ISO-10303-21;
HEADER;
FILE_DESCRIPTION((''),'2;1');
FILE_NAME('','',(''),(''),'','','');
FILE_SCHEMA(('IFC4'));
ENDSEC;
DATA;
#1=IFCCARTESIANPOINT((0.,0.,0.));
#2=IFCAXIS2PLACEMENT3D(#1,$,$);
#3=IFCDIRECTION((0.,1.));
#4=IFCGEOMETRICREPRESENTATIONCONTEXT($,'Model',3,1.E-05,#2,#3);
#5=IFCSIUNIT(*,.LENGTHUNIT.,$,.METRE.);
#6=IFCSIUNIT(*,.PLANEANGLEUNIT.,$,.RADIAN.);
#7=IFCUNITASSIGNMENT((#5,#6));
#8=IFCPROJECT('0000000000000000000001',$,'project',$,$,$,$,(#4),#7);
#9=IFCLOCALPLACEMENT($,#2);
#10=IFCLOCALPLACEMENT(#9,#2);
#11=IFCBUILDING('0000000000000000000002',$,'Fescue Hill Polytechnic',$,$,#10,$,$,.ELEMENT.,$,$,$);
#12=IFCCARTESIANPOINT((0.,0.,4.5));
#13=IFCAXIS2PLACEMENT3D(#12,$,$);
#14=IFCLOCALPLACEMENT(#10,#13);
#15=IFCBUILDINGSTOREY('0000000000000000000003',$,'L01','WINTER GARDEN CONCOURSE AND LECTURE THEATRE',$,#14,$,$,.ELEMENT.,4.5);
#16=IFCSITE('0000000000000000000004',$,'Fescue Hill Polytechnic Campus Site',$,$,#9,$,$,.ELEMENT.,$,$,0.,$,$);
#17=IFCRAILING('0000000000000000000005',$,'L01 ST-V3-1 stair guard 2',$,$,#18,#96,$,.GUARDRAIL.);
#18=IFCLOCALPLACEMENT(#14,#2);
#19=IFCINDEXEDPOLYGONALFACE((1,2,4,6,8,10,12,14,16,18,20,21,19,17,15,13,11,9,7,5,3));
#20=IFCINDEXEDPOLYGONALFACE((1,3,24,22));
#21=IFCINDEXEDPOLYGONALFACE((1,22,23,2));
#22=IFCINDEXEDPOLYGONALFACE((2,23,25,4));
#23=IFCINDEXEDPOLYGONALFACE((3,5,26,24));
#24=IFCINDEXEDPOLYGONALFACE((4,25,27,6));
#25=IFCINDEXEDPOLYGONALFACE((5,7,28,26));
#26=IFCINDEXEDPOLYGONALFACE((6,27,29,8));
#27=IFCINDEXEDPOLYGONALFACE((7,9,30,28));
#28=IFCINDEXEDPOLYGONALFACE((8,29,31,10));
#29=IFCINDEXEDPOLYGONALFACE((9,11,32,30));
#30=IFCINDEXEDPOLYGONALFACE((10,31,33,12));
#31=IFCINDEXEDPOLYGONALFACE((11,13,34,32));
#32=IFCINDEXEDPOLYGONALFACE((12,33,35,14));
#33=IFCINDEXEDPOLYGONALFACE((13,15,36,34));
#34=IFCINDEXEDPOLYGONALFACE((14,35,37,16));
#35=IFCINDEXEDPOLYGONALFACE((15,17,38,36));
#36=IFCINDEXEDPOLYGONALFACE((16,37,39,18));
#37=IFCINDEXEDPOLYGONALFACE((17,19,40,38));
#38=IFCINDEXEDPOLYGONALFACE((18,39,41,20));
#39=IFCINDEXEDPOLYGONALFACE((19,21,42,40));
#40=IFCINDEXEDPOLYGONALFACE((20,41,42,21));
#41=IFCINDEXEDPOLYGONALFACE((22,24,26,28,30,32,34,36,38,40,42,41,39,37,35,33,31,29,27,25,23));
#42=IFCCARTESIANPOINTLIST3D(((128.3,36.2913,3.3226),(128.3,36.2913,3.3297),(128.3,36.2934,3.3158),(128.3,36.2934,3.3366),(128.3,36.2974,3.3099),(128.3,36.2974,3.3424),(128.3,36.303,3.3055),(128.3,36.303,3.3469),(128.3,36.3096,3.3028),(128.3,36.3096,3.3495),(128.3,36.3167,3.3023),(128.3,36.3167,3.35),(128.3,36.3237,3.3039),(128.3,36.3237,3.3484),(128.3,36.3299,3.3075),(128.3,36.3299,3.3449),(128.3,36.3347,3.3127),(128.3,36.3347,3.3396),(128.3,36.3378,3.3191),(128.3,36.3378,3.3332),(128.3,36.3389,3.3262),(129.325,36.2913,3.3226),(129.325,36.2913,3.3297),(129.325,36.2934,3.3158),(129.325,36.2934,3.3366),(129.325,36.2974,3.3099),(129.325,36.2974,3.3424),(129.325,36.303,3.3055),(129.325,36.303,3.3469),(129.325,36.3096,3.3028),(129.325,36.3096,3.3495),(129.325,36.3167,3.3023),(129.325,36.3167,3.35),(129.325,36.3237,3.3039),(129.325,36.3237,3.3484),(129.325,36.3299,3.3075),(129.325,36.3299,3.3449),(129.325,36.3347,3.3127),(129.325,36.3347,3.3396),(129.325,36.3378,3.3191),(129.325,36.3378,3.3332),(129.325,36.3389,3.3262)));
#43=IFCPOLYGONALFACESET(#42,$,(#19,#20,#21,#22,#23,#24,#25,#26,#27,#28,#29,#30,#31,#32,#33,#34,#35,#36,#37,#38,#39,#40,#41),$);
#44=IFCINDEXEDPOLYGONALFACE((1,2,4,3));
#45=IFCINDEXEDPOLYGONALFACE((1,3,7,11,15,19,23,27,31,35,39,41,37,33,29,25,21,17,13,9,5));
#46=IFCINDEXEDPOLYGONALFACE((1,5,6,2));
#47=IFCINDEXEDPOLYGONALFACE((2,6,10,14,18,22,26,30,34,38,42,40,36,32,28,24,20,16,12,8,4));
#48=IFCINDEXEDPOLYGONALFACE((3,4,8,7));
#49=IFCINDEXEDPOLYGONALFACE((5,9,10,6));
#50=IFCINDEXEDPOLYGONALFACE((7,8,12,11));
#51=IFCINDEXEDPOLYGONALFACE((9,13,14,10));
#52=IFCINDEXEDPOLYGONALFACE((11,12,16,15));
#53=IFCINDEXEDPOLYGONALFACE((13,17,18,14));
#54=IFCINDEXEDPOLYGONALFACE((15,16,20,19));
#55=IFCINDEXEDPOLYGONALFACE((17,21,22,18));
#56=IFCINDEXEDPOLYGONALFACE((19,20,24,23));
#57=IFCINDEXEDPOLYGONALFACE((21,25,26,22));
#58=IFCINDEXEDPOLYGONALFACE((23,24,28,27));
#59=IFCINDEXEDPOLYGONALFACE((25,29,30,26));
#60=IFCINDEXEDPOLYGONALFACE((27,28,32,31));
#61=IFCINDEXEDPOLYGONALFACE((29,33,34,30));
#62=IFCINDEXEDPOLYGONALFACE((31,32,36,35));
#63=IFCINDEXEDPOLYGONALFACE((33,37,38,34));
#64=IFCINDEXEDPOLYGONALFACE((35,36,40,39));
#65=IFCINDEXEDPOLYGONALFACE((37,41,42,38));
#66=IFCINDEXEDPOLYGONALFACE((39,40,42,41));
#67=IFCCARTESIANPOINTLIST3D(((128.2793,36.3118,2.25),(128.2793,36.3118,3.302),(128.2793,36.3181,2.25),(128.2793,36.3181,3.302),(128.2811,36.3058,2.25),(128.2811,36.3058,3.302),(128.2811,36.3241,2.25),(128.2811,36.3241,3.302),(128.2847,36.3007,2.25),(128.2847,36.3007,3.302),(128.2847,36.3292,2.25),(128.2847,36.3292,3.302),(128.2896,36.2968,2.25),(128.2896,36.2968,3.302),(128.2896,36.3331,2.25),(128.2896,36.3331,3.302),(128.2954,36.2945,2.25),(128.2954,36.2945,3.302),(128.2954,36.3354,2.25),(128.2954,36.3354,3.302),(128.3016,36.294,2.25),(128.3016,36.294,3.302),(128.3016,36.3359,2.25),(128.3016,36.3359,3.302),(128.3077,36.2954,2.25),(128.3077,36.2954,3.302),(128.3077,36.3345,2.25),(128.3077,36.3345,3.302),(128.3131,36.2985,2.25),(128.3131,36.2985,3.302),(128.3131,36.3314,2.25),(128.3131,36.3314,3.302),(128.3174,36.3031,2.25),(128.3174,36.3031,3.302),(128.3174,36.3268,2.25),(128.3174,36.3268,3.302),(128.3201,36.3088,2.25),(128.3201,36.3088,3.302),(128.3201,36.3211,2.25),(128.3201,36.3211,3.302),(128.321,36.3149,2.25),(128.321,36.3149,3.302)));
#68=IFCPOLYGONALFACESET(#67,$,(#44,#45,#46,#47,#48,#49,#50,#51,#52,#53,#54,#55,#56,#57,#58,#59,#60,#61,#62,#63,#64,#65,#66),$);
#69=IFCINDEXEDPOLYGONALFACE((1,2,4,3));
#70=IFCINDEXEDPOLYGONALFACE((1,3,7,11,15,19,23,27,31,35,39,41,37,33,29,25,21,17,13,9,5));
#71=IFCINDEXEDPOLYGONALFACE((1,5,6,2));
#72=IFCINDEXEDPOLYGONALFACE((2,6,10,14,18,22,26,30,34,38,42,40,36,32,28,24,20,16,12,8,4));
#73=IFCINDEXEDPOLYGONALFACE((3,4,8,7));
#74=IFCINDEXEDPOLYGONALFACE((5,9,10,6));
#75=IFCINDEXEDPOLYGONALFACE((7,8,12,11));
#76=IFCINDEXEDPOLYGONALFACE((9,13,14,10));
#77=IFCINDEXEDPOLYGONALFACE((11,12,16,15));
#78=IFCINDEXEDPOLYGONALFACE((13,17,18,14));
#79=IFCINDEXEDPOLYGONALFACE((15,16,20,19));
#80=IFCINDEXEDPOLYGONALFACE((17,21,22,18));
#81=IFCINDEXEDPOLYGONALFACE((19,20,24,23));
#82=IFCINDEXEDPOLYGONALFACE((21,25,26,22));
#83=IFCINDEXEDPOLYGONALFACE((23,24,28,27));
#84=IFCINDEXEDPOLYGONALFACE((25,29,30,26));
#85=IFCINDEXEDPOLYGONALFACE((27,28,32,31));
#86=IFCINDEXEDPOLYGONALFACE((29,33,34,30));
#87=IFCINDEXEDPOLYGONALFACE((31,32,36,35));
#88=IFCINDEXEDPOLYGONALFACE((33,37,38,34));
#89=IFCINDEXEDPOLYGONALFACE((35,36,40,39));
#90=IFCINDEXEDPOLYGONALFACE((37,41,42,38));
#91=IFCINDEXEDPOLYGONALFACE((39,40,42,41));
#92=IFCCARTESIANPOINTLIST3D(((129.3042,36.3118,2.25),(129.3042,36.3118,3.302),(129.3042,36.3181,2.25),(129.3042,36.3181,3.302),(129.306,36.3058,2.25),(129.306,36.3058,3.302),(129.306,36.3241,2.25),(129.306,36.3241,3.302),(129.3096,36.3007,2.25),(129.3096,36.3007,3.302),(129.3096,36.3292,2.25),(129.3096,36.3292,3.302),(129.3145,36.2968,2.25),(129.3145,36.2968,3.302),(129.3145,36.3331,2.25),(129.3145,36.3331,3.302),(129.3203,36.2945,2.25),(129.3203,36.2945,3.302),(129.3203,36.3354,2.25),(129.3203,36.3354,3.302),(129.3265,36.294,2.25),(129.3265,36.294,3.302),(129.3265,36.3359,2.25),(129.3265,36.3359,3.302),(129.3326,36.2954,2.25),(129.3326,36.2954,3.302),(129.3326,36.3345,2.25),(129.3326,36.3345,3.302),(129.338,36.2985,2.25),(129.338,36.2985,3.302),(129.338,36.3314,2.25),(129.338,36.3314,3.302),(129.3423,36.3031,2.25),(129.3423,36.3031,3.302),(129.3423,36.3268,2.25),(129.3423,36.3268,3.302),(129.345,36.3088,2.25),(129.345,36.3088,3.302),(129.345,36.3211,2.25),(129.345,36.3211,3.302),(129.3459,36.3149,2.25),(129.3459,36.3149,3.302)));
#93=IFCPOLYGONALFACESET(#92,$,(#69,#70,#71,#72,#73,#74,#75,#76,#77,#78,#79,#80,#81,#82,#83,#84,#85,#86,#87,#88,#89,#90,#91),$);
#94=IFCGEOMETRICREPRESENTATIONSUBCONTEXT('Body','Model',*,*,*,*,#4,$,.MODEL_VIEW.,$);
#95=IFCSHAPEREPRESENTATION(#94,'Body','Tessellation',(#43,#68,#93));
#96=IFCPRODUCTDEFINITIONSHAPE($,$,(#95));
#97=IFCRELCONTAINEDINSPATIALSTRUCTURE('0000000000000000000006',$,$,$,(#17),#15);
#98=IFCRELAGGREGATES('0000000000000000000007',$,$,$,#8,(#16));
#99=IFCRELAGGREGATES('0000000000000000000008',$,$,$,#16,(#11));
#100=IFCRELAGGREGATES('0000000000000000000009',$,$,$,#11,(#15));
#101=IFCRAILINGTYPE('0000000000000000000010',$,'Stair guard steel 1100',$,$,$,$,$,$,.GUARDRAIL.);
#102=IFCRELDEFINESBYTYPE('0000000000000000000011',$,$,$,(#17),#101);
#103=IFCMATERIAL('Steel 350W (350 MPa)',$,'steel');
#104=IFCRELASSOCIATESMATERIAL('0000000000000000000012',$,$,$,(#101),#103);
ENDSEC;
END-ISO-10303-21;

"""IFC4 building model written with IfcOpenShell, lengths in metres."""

from ifc_helpers import new_model, si_unit, direction, frame, origin, origin_2d, place, context, subcontext, project, spatial, circle, extrude, material, type_object, element, save


model = new_model("IFC4")

# Units and contexts
model_context = context("Model", 3, precision=1e-05, world=origin(), true_north=direction((0.0, 1.0)))
body_context = subcontext(model_context, "Body", "Model", "MODEL_VIEW")
ifc_project = project(units=[si_unit("LENGTHUNIT", "METRE"), si_unit("PLANEANGLEUNIT", "RADIAN")], contexts=[model_context])

# Site, building, storey
site_placement = place(None, origin())
site = spatial("IfcSite", under=ifc_project, at=site_placement, Name="Fescue Hill Polytechnic Campus Site", CompositionType="ELEMENT", RefElevation=0.0)
building_placement = place(site_placement, origin())
building = spatial("IfcBuilding", under=site, at=building_placement, Name="Fescue Hill Polytechnic", CompositionType="ELEMENT")
storey_placement = place(building_placement, frame((0.0, 0.0, 4.5)))
storey = spatial("IfcBuildingStorey", under=building, at=storey_placement, Name="L01", Description="WINTER GARDEN CONCOURSE AND LECTURE THEATRE", CompositionType="ELEMENT", Elevation=4.5)

# Railing
ifc_material_1 = material(Name="Steel 350W (350 MPa)", Category="steel")
railing_type_1 = type_object("IfcRailingType", Name="Stair guard steel 1100", PredefinedType="GUARDRAIL", material=ifc_material_1)
railing_1_placement = place(storey_placement, frame((128.3, 36.3149, 2.25)))
element("IfcRailing", 1, at=railing_1_placement, inside=storey, type_object=railing_type_1, Name="L01 ST-V3-1 stair guard 2", PredefinedType="GUARDRAIL", context=body_context, shape_type="SweptSolid", body=[
    extrude(circle(Radius=0.0239, at=origin_2d()), frame((0.0, 0.0, 1.0762), z_axis=(1.0, 0.0, 0.0), x_axis=(0.0, 1.0, 0.0)), (0.0, 0.0, 1.0), 1.0249),
    extrude(circle(Radius=0.021, at=origin_2d()), origin(), (0.0, 0.0, 1.0), 1.052),
    extrude(circle(Radius=0.021, at=origin_2d()), frame((1.0249, 0.0, 0.0)), (0.0, 0.0, 1.0), 1.052),
])

save(model, "model.ifc")
